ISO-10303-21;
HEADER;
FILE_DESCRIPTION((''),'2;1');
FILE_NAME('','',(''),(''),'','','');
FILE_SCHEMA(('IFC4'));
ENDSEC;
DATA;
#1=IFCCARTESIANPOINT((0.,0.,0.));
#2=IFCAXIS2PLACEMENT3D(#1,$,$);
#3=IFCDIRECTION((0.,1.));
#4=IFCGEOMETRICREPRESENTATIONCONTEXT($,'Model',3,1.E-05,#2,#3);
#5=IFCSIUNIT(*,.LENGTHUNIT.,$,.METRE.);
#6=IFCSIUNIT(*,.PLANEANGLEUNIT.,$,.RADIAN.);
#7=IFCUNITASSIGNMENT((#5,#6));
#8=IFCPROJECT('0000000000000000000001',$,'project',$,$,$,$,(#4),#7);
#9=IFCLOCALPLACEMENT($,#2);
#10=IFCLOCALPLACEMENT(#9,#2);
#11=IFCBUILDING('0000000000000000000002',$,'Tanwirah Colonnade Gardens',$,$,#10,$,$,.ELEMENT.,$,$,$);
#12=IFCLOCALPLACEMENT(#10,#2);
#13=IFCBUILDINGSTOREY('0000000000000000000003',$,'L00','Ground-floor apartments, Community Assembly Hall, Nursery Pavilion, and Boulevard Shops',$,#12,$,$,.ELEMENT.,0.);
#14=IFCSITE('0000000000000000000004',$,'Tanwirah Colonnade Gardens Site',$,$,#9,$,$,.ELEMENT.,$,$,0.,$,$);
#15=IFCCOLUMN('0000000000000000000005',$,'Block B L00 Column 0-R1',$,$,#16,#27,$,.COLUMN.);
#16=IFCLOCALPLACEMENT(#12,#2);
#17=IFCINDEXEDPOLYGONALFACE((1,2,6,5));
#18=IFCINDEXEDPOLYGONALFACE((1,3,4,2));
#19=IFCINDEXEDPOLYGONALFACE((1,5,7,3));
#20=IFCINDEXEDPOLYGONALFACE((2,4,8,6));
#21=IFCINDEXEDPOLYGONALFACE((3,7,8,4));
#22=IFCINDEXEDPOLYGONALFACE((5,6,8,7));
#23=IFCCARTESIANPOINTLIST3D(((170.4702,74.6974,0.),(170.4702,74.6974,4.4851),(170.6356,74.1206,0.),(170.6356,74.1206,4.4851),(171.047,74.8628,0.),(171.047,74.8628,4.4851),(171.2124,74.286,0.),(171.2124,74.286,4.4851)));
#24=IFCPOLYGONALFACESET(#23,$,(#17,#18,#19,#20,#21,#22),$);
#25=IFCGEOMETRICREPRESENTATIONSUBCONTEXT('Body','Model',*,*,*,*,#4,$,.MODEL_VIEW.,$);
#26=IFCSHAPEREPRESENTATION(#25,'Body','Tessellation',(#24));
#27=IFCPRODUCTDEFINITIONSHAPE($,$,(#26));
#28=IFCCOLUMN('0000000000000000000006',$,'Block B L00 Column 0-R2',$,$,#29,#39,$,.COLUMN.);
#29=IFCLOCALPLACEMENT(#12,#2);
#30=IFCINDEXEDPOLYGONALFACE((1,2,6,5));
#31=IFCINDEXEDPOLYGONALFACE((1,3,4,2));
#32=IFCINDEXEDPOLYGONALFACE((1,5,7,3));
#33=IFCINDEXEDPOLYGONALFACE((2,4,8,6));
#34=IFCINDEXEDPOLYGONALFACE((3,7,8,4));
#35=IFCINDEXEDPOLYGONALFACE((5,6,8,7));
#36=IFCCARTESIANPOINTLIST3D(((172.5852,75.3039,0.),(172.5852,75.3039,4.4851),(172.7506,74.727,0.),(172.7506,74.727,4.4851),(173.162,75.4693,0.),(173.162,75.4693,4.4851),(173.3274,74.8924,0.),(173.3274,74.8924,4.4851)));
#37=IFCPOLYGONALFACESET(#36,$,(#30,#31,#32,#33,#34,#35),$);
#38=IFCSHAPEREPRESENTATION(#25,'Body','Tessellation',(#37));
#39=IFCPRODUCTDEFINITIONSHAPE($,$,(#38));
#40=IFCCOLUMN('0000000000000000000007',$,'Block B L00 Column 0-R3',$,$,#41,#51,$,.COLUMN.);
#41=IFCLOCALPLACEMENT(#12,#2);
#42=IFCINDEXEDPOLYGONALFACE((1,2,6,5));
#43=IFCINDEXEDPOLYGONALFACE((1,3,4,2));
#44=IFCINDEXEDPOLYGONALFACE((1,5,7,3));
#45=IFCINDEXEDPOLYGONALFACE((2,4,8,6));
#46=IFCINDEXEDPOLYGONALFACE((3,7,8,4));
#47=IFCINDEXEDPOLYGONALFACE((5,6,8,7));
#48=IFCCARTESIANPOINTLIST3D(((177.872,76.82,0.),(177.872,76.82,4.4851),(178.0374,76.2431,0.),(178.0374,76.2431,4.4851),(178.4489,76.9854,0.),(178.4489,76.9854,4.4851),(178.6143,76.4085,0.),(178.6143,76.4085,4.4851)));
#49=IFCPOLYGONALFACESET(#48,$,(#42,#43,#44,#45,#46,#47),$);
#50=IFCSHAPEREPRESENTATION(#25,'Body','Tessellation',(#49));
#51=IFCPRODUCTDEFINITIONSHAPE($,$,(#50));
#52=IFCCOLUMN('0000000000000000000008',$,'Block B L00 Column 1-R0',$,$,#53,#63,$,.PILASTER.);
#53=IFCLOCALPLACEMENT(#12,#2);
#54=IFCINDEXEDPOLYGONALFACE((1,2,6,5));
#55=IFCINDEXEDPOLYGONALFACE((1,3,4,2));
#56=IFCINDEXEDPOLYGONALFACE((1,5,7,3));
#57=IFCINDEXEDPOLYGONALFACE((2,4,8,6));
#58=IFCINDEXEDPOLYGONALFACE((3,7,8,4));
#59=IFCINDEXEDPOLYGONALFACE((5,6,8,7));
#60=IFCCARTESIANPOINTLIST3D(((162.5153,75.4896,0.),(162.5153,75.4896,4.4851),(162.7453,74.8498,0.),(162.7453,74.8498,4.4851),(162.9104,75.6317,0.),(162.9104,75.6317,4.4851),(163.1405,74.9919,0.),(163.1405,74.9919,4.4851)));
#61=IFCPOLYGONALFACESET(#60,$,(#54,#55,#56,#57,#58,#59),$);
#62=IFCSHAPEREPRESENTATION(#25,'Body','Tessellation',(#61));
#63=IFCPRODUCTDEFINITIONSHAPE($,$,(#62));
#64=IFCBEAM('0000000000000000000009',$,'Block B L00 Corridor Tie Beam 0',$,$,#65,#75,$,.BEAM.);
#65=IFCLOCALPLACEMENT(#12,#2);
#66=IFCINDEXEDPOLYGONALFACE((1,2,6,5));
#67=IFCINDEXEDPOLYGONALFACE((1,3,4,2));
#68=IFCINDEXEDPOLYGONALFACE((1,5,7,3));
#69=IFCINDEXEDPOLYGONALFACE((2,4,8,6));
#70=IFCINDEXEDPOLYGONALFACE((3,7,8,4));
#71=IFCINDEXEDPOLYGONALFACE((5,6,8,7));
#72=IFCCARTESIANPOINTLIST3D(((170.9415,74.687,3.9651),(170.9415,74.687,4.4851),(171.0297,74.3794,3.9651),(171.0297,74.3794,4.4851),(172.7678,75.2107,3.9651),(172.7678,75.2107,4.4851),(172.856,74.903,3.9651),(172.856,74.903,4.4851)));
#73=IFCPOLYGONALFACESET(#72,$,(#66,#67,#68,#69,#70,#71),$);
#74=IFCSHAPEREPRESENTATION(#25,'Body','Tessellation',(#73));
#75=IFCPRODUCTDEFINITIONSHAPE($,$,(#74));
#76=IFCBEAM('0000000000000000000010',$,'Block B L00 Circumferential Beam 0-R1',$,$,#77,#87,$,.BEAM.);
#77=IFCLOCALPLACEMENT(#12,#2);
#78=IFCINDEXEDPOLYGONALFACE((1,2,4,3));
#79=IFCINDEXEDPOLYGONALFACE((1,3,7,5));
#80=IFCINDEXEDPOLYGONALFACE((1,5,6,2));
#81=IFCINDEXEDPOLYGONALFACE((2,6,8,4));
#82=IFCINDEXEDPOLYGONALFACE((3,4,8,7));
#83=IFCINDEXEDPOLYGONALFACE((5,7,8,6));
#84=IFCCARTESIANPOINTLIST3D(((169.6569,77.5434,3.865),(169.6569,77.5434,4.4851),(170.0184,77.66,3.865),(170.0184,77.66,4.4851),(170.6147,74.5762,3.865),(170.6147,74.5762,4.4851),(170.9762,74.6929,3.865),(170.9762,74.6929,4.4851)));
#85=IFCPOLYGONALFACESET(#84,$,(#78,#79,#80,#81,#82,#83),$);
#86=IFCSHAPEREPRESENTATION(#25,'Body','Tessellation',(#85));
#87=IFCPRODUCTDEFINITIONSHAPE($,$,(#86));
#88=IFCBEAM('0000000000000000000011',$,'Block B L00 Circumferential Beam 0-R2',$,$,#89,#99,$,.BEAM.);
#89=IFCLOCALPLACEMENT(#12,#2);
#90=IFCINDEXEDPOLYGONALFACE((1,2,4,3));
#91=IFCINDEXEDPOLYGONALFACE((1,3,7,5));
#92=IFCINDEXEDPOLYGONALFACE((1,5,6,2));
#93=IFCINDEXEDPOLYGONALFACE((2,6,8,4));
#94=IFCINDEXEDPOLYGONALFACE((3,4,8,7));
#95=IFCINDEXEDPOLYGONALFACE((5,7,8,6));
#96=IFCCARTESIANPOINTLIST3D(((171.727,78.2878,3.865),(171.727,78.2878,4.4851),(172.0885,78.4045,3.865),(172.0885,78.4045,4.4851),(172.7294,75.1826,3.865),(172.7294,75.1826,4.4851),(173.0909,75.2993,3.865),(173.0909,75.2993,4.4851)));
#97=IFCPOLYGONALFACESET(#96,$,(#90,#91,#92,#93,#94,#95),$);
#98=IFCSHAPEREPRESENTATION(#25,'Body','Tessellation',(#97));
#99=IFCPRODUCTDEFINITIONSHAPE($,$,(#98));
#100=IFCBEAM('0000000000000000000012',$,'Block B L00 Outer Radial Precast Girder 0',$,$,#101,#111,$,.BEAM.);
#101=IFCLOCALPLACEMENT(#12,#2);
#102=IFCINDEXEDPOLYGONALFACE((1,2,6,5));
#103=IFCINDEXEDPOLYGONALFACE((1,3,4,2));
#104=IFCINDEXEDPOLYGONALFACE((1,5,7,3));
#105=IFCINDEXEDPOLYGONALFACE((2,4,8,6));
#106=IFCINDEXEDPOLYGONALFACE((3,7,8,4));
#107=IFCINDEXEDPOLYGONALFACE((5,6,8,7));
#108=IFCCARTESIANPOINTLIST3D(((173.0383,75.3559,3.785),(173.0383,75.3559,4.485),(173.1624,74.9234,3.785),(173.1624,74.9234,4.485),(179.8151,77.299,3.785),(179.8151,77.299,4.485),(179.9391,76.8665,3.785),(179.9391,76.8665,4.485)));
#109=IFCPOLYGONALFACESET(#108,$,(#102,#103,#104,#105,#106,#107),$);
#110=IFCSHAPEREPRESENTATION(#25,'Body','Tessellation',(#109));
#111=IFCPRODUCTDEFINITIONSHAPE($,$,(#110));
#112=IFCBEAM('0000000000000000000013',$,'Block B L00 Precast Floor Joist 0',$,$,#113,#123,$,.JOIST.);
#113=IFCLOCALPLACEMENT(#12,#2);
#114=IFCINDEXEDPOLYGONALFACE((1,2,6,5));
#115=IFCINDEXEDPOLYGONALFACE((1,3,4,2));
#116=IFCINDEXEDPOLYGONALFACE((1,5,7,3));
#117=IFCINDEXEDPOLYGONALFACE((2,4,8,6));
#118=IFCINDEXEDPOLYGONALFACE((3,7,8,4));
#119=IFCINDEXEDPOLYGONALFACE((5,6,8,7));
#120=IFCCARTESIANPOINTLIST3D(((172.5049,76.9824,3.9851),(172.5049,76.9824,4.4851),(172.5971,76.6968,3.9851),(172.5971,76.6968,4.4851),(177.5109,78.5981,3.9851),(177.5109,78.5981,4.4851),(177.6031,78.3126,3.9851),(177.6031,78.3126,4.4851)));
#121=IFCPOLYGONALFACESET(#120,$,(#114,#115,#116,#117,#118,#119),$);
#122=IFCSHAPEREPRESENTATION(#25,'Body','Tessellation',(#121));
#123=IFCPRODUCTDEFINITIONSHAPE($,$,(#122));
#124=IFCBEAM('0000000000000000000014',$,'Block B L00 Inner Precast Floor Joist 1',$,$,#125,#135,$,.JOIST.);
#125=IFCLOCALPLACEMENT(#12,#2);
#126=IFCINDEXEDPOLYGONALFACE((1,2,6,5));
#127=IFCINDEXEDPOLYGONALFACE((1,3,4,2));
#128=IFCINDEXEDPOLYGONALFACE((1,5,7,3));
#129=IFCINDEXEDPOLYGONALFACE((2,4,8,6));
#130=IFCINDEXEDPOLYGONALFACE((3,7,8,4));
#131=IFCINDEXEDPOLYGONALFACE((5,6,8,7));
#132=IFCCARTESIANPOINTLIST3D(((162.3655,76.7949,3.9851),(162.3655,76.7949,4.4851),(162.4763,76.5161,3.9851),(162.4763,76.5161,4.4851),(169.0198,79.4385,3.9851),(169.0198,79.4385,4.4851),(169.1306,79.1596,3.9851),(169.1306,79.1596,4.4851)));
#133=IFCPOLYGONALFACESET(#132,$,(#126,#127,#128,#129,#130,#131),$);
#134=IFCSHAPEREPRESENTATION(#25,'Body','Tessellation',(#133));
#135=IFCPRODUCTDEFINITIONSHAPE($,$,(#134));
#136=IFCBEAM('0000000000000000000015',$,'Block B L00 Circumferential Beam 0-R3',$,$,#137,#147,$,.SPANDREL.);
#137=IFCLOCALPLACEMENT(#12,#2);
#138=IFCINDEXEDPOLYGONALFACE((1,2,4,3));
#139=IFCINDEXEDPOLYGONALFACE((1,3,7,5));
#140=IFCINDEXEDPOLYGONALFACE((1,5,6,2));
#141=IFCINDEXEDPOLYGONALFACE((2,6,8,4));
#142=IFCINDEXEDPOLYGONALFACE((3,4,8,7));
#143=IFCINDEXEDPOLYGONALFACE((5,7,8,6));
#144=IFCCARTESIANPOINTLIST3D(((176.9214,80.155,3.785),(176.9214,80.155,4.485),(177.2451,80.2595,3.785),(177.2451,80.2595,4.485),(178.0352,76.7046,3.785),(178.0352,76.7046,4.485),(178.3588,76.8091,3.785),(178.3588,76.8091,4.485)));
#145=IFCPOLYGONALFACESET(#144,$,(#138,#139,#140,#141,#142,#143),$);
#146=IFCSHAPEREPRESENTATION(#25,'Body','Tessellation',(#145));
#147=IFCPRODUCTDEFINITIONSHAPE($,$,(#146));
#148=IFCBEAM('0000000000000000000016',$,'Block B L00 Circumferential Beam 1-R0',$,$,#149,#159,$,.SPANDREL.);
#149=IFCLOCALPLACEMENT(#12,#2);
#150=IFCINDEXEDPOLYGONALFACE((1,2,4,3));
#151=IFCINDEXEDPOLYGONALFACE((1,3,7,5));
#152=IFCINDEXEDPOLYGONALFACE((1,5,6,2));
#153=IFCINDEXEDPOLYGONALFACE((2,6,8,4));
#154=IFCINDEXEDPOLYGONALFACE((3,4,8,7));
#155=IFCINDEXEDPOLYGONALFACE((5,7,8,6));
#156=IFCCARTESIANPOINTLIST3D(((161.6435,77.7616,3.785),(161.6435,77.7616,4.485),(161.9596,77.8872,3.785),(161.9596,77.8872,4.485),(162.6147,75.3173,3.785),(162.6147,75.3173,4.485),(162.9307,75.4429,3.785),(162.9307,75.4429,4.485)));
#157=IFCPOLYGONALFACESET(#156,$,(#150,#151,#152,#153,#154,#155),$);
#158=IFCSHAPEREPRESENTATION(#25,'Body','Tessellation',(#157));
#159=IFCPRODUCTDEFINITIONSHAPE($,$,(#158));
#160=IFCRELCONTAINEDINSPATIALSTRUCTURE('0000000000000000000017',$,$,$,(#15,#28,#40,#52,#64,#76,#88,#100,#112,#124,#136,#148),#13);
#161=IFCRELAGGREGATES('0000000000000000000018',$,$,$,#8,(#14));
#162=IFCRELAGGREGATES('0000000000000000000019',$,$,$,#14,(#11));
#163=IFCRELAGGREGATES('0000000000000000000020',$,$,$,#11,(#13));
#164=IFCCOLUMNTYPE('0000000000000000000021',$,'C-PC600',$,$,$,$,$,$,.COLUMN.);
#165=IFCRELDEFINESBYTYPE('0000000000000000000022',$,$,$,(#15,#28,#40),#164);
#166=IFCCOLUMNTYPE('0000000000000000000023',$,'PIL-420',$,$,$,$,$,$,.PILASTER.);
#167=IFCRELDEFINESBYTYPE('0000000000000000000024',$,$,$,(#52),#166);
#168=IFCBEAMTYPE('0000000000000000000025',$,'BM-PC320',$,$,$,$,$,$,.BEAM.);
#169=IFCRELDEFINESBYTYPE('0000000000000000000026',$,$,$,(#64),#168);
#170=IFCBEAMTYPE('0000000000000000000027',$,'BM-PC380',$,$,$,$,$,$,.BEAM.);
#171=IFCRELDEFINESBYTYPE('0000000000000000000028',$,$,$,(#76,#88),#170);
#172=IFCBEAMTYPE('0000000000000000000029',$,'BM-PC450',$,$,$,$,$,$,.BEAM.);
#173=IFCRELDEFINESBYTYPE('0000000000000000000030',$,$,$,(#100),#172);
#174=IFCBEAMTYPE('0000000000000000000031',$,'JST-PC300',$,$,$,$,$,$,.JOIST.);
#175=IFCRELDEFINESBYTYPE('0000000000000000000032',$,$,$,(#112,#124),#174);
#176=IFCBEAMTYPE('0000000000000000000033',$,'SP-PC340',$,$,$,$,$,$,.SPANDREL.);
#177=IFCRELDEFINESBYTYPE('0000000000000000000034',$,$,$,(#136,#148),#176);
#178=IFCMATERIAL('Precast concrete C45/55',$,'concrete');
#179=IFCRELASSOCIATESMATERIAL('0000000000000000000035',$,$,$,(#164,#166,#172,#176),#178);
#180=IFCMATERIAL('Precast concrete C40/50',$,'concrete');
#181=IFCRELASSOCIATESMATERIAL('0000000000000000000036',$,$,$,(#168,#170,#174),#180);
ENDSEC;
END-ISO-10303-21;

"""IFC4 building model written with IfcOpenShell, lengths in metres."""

from ifc_helpers import new_model, si_unit, direction, frame, origin, origin_2d, place, context, subcontext, project, spatial, rectangle, extrude, material, material_profile, profile_set, type_object, element, save


model = new_model("IFC4")

# Units and contexts
model_context = context("Model", 3, precision=1e-05, world=origin(), true_north=direction((0.0, 1.0)))
body_context = subcontext(model_context, "Body", "Model", "MODEL_VIEW")
ifc_project = project(units=[si_unit("LENGTHUNIT", "METRE"), si_unit("PLANEANGLEUNIT", "RADIAN")], contexts=[model_context])

# Site, building, storey
site_placement = place(None, origin())
site = spatial("IfcSite", under=ifc_project, at=site_placement, Name="Tanwirah Colonnade Gardens Site", CompositionType="ELEMENT", RefElevation=0.0)
building_placement = place(site_placement, origin())
building = spatial("IfcBuilding", under=site, at=building_placement, Name="Tanwirah Colonnade Gardens", CompositionType="ELEMENT")
storey_placement = place(building_placement, origin())
storey = spatial("IfcBuildingStorey", under=building, at=storey_placement, Name="L00", Description="Ground-floor apartments, Community Assembly Hall, Nursery Pavilion, and Boulevard Shops", CompositionType="ELEMENT", Elevation=0.0)

# Columns
ifc_material_1 = material(Name="Precast concrete C45/55", Category="concrete")
ifc_material_profile_1 = material_profile(ifc_material_1, rectangle(XDim=0.6001, YDim=0.6001, at=origin_2d()), Name="PC-COL 600x600")
ifc_profile_set_1 = profile_set([ifc_material_profile_1], Name="Precast concrete C45/55")
column_type_1 = type_object("IfcColumnType", Name="C-PC600", PredefinedType="COLUMN", material=ifc_profile_set_1)
for number, where, z_axis, x_axis, name in (
    (1, (170.8413, 74.4917, 0.0), (0.0, 0.0, 1.0), (0.961262, 0.275637, 0.0), "Block B L00 Column 0-R1"),
    (2, (172.9563, 75.0981, 0.0), (0.0, 0.0, 1.0), (0.961262, 0.275637, 0.0), "Block B L00 Column 0-R2"),
    (3, (178.2432, 76.6143, 0.0), (0.0, 0.0, 1.0), (0.961262, 0.275637, 0.0), "Block B L00 Column 0-R3"),
):
    element("IfcColumn", number, at=place(storey_placement, frame(where, z_axis=z_axis, x_axis=x_axis)), inside=storey, type_object=column_type_1, Name=name, PredefinedType="COLUMN", context=body_context, shape_type="SweptSolid", body=[
        extrude(rectangle(XDim=0.6001, YDim=0.6001, at=origin_2d()), origin(), (0.0, 0.0, 1.0), 4.4851),
    ])
ifc_material_profile_2 = material_profile(ifc_material_1, rectangle(XDim=0.4199, YDim=0.6799, at=origin_2d()), Name="PC-PIL 420x680")
ifc_profile_set_2 = profile_set([ifc_material_profile_2], Name="Precast concrete C45/55")
column_type_2 = type_object("IfcColumnType", Name="PIL-420", PredefinedType="PILASTER", material=ifc_profile_set_2)
column_placement = place(storey_placement, frame((162.8279, 75.2407, 0.0), z_axis=(0.0, 0.0, 1.0), x_axis=(0.941012, 0.338373, 0.0)))
element("IfcColumn", 4, at=column_placement, inside=storey, type_object=column_type_2, Name="Block B L00 Column 1-R0", PredefinedType="PILASTER", context=body_context, shape_type="SweptSolid", body=[
    extrude(rectangle(XDim=0.4199, YDim=0.6799, at=origin_2d()), origin(), (0.0, 0.0, 1.0), 4.4851),
])

# Beams
ifc_material_2 = material(Name="Precast concrete C40/50", Category="concrete")
ifc_material_profile_3 = material_profile(ifc_material_2, rectangle(XDim=0.3201, YDim=0.52, at=origin_2d()), Name="PC-BM 320x520")
ifc_profile_set_3 = profile_set([ifc_material_profile_3], Name="Precast concrete C40/50")
beam_type_1 = type_object("IfcBeamType", Name="BM-PC320", PredefinedType="BEAM", material=ifc_profile_set_3)
beam_1_placement = place(storey_placement, frame((170.9856, 74.5332, 4.2251), z_axis=(0.961267, 0.27562, 0.0), x_axis=(-0.27562, 0.961267, 0.0)))
element("IfcBeam", 5, at=beam_1_placement, inside=storey, type_object=beam_type_1, Name="Block B L00 Corridor Tie Beam 0", PredefinedType="BEAM", context=body_context, shape_type="SweptSolid", body=[
    extrude(rectangle(XDim=0.3201, YDim=0.52, at=origin_2d()), origin(), (0.0, 0.0, 1.0), 1.8999),
])
ifc_material_profile_4 = material_profile(ifc_material_2, rectangle(XDim=0.3799, YDim=0.6201, at=origin_2d()), Name="PC-BM 380x620")
ifc_profile_set_4 = profile_set([ifc_material_profile_4], Name="Precast concrete C40/50")
beam_type_2 = type_object("IfcBeamType", Name="BM-PC380", PredefinedType="BEAM", material=ifc_profile_set_4)
beam_2_placement = place(storey_placement, frame((170.7954, 74.6345, 4.175), z_axis=(-0.30717, 0.951655, 0.0), x_axis=(-0.951655, -0.30717, 0.0)))
element("IfcBeam", 6, at=beam_2_placement, inside=storey, type_object=beam_type_2, Name="Block B L00 Circumferential Beam 0-R1", PredefinedType="BEAM", context=body_context, shape_type="SweptSolid", body=[
    extrude(rectangle(XDim=0.3799, YDim=0.6201, at=origin_2d()), origin(), (0.0, 0.0, 1.0), 3.1179),
])
beam_3_placement = place(storey_placement, frame((172.9102, 75.241, 4.175), z_axis=(-0.307213, 0.951641, 0.0), x_axis=(-0.951641, -0.307213, 0.0)))
element("IfcBeam", 7, at=beam_3_placement, inside=storey, type_object=beam_type_2, Name="Block B L00 Circumferential Beam 0-R2", PredefinedType="BEAM", context=body_context, shape_type="SweptSolid", body=[
    extrude(rectangle(XDim=0.3799, YDim=0.6201, at=origin_2d()), origin(), (0.0, 0.0, 1.0), 3.2629),
])
ifc_material_profile_5 = material_profile(ifc_material_1, rectangle(XDim=0.45, YDim=0.7, at=origin_2d()), Name="PC-BM 450x700")
ifc_profile_set_5 = profile_set([ifc_material_profile_5], Name="Precast concrete C45/55")
beam_type_3 = type_object("IfcBeamType", Name="BM-PC450", PredefinedType="BEAM", material=ifc_profile_set_5)
beam_4_placement = place(storey_placement, frame((173.1003, 75.1396, 4.135), z_axis=(0.961266, 0.275622, 0.0), x_axis=(-0.275622, 0.961266, 0.0)))
element("IfcBeam", 8, at=beam_4_placement, inside=storey, type_object=beam_type_3, Name="Block B L00 Outer Radial Precast Girder 0", PredefinedType="BEAM", context=body_context, shape_type="SweptSolid", body=[
    extrude(rectangle(XDim=0.45, YDim=0.7, at=origin_2d()), origin(), (0.0, 0.0, 1.0), 7.0498),
])
ifc_material_profile_6 = material_profile(ifc_material_2, rectangle(XDim=0.3, YDim=0.5, at=origin_2d()), Name="PC-JST 300x500")
ifc_profile_set_6 = profile_set([ifc_material_profile_6], Name="Precast concrete C40/50")
beam_type_4 = type_object("IfcBeamType", Name="JST-PC300", PredefinedType="JOIST", material=ifc_profile_set_6)
beam_5_placement = place(storey_placement, frame((172.551, 76.8396, 4.2351), z_axis=(0.951657, 0.307163, 0.0), x_axis=(-0.307163, 0.951657, 0.0)))
element("IfcBeam", 9, at=beam_5_placement, inside=storey, type_object=beam_type_4, Name="Block B L00 Precast Floor Joist 0", PredefinedType="JOIST", context=body_context, shape_type="SweptSolid", body=[
    extrude(rectangle(XDim=0.3, YDim=0.5, at=origin_2d()), origin(), (0.0, 0.0, 1.0), 5.2603),
])
beam_6_placement = place(storey_placement, frame((162.4209, 76.6555, 4.2351), z_axis=(0.929349, 0.369203, 0.0), x_axis=(-0.369203, 0.929349, 0.0)))
element("IfcBeam", 10, at=beam_6_placement, inside=storey, type_object=beam_type_4, Name="Block B L00 Inner Precast Floor Joist 1", PredefinedType="JOIST", context=body_context, shape_type="SweptSolid", body=[
    extrude(rectangle(XDim=0.3, YDim=0.5, at=origin_2d()), origin(), (0.0, 0.0, 1.0), 7.1602),
])
ifc_material_profile_7 = material_profile(ifc_material_1, rectangle(XDim=0.3401, YDim=0.7, at=origin_2d()), Name="PC-SP 340x700")
ifc_profile_set_7 = profile_set([ifc_material_profile_7], Name="Precast concrete C45/55")
beam_type_5 = type_object("IfcBeamType", Name="SP-PC340", PredefinedType="SPANDREL", material=ifc_profile_set_7)
beam_7_placement = place(storey_placement, frame((178.197, 76.7568, 4.135), z_axis=(-0.307184, 0.95165, 0.0), x_axis=(-0.95165, -0.307184, 0.0)))
element("IfcBeam", 11, at=beam_7_placement, inside=storey, type_object=beam_type_5, Name="Block B L00 Circumferential Beam 0-R3", PredefinedType="SPANDREL", context=body_context, shape_type="SweptSolid", body=[
    extrude(rectangle(XDim=0.3401, YDim=0.7, at=origin_2d()), origin(), (0.0, 0.0, 1.0), 3.6257),
])
beam_8_placement = place(storey_placement, frame((162.7727, 75.3801, 4.135), z_axis=(-0.369245, 0.929332, 0.0), x_axis=(-0.929332, -0.369245, 0.0)))
element("IfcBeam", 12, at=beam_8_placement, inside=storey, type_object=beam_type_5, Name="Block B L00 Circumferential Beam 1-R0", PredefinedType="SPANDREL", context=body_context, shape_type="SweptSolid", body=[
    extrude(rectangle(XDim=0.3401, YDim=0.7, at=origin_2d()), origin(), (0.0, 0.0, 1.0), 2.6301),
])

save(model, "model.ifc")
